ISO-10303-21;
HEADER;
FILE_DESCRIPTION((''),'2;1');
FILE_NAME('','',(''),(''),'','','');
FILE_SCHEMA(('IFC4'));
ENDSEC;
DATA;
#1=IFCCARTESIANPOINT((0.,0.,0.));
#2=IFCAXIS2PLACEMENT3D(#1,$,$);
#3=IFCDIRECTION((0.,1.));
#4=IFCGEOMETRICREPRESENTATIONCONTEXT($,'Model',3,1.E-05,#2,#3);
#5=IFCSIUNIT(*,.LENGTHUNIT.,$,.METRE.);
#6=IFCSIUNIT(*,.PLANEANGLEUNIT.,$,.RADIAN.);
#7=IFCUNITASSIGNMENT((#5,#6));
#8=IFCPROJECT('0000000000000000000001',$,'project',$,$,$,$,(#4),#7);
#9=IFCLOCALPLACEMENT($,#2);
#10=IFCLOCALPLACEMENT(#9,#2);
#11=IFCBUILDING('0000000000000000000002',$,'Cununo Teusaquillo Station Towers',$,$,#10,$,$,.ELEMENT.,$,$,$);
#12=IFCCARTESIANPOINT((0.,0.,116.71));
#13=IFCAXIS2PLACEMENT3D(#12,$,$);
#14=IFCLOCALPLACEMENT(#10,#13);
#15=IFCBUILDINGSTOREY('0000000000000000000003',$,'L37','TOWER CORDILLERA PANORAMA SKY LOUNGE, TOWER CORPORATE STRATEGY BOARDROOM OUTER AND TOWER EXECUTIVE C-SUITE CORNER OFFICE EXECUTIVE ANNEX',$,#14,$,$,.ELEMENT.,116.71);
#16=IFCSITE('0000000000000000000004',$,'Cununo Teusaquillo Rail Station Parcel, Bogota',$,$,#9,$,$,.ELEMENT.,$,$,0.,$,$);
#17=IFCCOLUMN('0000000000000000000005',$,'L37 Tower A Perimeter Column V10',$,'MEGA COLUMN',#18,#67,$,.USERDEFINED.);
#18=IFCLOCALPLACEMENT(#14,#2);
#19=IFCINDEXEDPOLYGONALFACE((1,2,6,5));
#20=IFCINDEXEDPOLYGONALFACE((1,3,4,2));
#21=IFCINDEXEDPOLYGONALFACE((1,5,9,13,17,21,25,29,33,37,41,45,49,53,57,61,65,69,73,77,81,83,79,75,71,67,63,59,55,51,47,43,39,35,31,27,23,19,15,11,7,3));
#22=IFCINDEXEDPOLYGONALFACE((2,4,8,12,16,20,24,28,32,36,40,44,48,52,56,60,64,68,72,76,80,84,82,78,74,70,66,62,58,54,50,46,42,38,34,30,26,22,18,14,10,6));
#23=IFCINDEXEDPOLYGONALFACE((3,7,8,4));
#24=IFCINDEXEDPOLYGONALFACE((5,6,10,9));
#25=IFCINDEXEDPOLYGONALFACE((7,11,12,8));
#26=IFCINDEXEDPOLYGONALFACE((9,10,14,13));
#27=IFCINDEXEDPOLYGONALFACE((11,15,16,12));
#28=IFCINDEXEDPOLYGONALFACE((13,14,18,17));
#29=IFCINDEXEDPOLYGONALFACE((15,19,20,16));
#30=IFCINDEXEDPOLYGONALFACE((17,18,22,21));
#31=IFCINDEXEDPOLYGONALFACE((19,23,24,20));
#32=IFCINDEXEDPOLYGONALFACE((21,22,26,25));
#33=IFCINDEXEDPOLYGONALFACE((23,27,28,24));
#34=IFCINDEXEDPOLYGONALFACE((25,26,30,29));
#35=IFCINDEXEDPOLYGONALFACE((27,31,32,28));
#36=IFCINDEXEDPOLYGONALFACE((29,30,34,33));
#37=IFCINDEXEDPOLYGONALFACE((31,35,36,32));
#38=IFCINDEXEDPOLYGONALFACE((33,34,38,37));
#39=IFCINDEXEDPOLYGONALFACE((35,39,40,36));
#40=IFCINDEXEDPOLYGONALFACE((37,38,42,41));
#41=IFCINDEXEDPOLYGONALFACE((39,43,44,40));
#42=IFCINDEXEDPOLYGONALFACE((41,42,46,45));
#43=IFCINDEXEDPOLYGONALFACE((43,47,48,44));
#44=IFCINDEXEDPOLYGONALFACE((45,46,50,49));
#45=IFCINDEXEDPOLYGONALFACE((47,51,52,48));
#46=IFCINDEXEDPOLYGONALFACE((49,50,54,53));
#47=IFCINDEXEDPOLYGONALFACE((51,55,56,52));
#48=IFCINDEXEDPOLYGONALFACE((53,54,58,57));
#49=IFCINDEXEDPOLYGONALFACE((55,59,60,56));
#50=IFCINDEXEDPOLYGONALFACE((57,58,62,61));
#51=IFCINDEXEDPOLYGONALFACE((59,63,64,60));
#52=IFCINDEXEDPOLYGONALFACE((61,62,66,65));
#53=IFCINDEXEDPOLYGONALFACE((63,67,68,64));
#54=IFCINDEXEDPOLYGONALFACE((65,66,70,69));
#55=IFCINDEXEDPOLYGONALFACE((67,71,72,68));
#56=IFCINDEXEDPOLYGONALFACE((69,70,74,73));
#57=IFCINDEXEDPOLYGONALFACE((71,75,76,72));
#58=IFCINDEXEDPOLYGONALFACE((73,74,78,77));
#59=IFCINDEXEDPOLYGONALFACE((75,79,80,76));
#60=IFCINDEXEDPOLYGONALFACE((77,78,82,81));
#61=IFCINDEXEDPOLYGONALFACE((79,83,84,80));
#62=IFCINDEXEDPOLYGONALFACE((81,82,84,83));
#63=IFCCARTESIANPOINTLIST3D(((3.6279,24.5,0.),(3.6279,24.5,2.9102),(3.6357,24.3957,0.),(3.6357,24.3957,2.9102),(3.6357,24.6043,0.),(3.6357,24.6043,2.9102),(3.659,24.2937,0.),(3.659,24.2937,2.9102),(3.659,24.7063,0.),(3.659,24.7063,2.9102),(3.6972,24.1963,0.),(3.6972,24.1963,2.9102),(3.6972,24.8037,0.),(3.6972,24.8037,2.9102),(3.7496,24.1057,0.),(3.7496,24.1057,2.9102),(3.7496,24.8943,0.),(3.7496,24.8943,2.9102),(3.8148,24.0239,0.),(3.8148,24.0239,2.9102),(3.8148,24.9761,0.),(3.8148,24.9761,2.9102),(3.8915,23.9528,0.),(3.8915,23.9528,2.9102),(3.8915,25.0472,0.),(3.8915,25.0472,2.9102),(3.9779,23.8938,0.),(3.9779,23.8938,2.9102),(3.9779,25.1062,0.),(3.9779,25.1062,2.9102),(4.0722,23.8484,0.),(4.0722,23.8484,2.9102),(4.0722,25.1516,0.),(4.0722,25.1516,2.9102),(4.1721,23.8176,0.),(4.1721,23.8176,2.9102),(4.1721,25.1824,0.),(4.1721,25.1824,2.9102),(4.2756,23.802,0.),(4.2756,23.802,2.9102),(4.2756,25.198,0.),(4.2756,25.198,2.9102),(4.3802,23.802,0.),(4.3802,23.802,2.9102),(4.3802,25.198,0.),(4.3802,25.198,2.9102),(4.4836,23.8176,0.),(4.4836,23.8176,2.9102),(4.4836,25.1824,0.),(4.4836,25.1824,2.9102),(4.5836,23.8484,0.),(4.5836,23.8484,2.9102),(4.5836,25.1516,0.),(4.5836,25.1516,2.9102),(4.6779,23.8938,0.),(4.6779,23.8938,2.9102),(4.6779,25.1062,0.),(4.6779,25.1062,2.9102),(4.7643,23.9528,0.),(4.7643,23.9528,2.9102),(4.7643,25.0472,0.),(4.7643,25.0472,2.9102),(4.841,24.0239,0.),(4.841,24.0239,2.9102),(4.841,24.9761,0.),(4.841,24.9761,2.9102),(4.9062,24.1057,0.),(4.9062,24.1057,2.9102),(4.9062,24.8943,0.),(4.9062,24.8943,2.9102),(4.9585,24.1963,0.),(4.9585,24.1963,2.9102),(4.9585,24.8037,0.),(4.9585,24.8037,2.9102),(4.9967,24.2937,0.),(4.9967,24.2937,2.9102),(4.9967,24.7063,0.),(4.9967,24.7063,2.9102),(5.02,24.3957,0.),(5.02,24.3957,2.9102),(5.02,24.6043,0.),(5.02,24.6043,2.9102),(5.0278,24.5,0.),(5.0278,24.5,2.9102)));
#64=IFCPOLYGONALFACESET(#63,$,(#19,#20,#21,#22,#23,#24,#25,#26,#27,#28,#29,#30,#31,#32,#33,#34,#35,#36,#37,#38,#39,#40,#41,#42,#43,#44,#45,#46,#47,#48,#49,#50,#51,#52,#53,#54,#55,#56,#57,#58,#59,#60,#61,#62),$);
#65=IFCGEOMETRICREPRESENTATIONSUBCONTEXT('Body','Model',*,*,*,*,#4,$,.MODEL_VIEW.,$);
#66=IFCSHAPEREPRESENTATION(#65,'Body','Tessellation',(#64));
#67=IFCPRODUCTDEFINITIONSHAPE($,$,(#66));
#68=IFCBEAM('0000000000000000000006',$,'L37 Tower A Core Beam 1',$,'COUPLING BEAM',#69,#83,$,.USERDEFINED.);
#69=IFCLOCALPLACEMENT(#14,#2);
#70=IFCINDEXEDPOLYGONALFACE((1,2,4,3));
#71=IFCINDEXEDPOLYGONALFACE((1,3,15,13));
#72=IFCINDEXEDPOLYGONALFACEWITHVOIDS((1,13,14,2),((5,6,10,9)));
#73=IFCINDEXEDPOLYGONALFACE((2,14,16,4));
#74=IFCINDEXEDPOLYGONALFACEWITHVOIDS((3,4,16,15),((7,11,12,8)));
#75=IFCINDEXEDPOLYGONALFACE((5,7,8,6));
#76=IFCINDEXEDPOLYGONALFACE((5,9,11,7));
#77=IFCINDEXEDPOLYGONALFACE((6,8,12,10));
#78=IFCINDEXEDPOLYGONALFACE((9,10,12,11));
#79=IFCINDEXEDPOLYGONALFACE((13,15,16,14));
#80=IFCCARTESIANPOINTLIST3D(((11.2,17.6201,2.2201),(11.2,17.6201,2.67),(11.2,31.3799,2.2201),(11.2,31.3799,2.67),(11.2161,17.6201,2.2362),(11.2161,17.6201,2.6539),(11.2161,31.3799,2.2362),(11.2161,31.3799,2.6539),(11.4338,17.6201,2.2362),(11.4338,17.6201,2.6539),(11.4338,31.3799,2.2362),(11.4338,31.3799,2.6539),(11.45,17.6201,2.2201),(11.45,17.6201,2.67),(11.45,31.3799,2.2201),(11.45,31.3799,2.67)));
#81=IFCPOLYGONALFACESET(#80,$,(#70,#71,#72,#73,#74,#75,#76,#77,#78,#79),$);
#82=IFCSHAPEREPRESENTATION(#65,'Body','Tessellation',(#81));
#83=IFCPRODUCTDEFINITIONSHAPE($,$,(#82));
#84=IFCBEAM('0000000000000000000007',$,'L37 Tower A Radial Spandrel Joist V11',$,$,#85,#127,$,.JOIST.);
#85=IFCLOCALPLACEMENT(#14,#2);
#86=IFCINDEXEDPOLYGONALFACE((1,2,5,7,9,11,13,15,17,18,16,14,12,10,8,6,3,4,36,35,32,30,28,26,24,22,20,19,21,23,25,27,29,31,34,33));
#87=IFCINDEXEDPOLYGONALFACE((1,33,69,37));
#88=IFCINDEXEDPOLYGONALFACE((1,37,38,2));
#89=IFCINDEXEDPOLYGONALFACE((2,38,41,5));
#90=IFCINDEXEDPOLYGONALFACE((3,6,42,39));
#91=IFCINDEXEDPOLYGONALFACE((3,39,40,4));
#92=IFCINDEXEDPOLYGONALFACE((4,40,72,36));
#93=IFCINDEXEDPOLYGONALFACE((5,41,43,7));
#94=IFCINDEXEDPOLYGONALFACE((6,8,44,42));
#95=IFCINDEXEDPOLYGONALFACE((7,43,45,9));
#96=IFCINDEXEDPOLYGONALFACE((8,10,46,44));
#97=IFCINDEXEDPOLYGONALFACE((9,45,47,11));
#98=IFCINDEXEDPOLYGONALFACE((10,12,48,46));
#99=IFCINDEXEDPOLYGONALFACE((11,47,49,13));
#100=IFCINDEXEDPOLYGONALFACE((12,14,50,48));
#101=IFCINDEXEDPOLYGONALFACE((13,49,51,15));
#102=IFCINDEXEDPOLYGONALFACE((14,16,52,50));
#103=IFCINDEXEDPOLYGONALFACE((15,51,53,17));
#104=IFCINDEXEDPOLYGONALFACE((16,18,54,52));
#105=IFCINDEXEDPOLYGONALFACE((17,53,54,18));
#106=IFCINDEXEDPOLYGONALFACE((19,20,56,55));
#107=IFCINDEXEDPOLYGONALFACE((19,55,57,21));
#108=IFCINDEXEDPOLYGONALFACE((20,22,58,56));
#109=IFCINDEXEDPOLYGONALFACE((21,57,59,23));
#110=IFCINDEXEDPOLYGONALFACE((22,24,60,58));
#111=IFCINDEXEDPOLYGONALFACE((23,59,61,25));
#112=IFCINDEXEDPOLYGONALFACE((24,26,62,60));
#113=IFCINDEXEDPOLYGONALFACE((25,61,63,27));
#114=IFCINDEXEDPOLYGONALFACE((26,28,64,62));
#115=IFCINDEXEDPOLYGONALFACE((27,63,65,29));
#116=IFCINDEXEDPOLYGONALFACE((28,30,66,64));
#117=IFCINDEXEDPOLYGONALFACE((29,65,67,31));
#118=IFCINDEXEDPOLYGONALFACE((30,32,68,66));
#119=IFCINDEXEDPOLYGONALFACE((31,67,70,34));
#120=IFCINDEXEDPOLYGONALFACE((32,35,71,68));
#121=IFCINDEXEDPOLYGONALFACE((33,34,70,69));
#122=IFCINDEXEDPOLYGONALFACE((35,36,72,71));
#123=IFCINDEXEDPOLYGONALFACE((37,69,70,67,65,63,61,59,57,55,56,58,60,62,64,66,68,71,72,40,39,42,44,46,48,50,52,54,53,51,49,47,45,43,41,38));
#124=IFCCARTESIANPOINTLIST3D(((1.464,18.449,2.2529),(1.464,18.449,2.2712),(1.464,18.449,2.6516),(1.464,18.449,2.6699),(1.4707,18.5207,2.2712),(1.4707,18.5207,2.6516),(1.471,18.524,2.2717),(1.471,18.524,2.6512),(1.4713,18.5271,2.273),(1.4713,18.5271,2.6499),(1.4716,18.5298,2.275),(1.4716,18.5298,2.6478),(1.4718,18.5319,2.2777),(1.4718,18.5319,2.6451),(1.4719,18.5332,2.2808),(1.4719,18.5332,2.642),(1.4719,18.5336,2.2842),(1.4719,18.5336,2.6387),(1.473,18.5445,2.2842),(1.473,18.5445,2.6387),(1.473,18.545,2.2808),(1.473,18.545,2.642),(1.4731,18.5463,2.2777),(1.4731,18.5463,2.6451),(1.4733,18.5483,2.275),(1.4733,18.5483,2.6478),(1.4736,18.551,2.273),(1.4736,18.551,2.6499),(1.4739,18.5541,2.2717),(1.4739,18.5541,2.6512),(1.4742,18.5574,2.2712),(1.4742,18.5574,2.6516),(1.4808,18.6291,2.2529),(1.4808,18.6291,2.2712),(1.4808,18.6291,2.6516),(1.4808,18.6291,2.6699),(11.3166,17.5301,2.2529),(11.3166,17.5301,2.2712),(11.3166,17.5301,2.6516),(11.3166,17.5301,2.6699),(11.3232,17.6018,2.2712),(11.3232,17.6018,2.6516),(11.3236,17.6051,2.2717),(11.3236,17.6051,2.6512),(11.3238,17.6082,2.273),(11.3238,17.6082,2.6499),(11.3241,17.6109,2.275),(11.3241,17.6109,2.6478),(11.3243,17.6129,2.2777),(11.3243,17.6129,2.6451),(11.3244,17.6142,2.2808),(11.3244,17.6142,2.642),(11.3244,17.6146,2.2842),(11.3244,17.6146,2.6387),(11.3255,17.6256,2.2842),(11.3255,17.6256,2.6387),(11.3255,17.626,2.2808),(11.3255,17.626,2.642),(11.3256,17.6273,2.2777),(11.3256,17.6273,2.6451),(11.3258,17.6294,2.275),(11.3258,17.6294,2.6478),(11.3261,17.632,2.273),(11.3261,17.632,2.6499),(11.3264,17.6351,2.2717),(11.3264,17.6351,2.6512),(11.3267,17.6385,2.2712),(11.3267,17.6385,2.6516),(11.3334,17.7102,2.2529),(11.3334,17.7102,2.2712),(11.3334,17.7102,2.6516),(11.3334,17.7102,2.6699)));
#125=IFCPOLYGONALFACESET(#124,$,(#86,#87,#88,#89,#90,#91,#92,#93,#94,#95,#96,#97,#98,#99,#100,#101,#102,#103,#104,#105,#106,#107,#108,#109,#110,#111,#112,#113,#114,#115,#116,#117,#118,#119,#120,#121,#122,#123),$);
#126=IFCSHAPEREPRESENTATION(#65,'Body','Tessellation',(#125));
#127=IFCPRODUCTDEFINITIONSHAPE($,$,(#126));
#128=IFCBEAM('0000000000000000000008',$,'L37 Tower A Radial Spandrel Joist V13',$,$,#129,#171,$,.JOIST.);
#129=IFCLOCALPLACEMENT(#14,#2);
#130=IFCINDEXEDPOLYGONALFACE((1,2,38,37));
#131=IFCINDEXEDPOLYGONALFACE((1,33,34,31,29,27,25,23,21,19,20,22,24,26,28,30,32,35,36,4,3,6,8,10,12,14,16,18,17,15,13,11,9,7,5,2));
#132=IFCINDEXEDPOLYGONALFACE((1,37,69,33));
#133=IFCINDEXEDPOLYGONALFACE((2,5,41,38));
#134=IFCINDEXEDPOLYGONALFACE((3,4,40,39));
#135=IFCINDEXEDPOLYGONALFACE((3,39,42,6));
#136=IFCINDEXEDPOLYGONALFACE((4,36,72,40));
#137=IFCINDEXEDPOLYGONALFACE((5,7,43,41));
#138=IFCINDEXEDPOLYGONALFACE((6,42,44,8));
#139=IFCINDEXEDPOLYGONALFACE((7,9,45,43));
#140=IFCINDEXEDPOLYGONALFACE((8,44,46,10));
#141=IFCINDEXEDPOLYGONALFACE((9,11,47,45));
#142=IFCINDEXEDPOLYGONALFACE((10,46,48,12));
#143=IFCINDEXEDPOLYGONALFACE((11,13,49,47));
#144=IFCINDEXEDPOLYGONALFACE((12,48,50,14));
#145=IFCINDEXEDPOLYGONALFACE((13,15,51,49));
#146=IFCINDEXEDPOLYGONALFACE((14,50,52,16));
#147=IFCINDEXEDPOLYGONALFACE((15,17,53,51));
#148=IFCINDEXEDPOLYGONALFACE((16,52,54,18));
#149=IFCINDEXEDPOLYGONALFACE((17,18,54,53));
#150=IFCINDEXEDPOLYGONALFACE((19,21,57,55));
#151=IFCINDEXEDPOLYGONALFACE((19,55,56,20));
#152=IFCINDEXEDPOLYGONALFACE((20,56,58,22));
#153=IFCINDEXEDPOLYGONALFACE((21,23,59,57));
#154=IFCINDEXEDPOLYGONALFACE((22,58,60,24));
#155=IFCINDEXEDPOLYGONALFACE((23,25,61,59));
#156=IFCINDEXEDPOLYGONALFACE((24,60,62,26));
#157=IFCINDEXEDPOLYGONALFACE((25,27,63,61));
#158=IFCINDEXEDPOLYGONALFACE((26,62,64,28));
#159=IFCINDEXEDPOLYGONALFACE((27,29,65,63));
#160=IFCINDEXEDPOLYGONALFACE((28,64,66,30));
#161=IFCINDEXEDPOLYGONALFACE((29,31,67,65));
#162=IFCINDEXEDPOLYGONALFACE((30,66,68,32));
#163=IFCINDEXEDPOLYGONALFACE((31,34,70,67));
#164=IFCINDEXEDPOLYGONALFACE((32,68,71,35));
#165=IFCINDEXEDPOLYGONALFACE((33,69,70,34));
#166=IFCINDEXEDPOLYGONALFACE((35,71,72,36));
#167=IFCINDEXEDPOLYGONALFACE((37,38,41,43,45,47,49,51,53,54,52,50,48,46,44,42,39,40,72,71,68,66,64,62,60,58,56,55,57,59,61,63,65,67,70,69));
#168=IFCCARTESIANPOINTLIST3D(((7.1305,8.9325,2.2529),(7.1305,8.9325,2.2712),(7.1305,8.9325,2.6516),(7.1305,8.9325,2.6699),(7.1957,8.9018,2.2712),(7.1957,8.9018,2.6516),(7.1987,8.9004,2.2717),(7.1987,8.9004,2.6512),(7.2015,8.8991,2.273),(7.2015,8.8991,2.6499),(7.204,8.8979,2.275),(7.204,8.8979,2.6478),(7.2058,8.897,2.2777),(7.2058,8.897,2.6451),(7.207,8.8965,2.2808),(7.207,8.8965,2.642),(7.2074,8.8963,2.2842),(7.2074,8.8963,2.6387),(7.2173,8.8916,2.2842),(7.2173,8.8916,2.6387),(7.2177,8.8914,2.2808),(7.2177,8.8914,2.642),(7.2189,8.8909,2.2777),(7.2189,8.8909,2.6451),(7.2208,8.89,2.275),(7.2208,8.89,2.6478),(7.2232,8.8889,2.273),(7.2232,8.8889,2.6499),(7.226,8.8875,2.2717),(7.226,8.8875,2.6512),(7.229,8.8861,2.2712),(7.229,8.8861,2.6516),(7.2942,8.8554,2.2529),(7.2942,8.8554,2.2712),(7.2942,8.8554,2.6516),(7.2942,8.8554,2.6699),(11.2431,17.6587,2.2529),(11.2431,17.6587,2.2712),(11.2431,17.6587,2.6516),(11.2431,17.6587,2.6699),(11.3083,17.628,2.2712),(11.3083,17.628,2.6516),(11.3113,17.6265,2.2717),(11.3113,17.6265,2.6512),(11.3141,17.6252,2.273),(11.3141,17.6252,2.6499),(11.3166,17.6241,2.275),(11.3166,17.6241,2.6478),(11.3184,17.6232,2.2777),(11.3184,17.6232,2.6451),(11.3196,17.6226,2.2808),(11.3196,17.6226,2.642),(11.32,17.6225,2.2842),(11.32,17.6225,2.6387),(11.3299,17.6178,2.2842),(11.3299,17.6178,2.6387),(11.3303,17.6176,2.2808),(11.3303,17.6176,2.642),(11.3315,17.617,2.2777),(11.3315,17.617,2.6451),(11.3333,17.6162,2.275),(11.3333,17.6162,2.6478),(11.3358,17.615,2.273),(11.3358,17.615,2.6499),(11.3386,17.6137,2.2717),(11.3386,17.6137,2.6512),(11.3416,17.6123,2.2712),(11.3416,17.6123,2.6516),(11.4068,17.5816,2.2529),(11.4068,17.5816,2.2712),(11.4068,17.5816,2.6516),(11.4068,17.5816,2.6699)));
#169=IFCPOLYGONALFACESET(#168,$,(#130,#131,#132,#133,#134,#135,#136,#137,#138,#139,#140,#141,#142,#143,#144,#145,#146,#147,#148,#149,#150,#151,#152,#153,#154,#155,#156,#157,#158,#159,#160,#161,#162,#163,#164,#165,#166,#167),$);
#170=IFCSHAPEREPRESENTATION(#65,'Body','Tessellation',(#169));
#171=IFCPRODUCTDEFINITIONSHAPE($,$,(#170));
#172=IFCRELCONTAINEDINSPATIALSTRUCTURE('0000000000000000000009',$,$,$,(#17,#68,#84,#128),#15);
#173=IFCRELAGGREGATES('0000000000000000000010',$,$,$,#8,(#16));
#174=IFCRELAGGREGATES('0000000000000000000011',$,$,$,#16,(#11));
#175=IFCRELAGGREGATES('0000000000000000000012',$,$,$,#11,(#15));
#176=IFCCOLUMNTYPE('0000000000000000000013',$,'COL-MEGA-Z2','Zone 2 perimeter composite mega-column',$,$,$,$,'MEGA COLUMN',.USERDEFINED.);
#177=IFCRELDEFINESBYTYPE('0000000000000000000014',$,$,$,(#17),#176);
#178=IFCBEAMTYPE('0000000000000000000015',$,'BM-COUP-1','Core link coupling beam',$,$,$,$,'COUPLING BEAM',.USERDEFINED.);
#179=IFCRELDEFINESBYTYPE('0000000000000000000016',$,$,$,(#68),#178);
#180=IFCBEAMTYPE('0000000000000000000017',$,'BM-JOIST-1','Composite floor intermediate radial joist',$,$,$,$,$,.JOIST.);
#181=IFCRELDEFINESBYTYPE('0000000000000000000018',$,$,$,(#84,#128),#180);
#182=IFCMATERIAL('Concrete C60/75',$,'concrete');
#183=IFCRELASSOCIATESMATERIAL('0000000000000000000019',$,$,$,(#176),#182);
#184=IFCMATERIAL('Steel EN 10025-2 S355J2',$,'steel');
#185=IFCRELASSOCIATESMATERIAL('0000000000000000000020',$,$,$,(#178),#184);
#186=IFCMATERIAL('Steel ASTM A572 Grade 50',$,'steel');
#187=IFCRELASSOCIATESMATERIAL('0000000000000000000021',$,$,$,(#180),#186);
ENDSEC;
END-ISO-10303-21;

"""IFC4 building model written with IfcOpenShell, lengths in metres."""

from ifc_helpers import new_model, si_unit, direction, frame, origin, origin_2d, place, context, subcontext, project, spatial, hollow_rectangle, circle, i_section, extrude, material, material_profile, profile_set, type_object, element, save


model = new_model("IFC4")

# Units and contexts
model_context = context("Model", 3, precision=1e-05, world=origin(), true_north=direction((0.0, 1.0)))
body_context = subcontext(model_context, "Body", "Model", "MODEL_VIEW")
ifc_project = project(units=[si_unit("LENGTHUNIT", "METRE"), si_unit("PLANEANGLEUNIT", "RADIAN")], contexts=[model_context])

# Site, building, storey
site_placement = place(None, origin())
site = spatial("IfcSite", under=ifc_project, at=site_placement, Name="Cununo Teusaquillo Rail Station Parcel, Bogota", CompositionType="ELEMENT", RefElevation=0.0)
building_placement = place(site_placement, origin())
building = spatial("IfcBuilding", under=site, at=building_placement, Name="Cununo Teusaquillo Station Towers", CompositionType="ELEMENT")
storey_placement = place(building_placement, frame((0.0, 0.0, 116.71)))
storey = spatial("IfcBuildingStorey", under=building, at=storey_placement, Name="L37", Description="TOWER CORDILLERA PANORAMA SKY LOUNGE, TOWER CORPORATE STRATEGY BOARDROOM OUTER AND TOWER EXECUTIVE C-SUITE CORNER OFFICE EXECUTIVE ANNEX", CompositionType="ELEMENT", Elevation=116.71)

# Column
ifc_material_1 = material(Name="Concrete C60/75", Category="concrete")
ifc_material_profile_1 = material_profile(ifc_material_1, circle(Radius=0.7, at=origin_2d()), Name="RC-CIRC-1400")
ifc_profile_set_1 = profile_set([ifc_material_profile_1], Name="Concrete C60/75")
column_type = type_object("IfcColumnType", Name="COL-MEGA-Z2", Description="Zone 2 perimeter composite mega-column", ElementType="MEGA COLUMN", PredefinedType="USERDEFINED", material=ifc_profile_set_1)
column_placement = place(storey_placement, frame((4.3279, 24.5, 0.0), z_axis=(0.0, 0.0, 1.0), x_axis=(1.0, 0.0, 0.0)))
element("IfcColumn", 1, at=column_placement, inside=storey, type_object=column_type, Name="L37 Tower A Perimeter Column V10", ObjectType="MEGA COLUMN", PredefinedType="USERDEFINED", context=body_context, shape_type="SweptSolid", body=[
    extrude(circle(Radius=0.7, at=origin_2d()), origin(), (0.0, 0.0, 1.0), 2.9102),
])

# Beams
ifc_material_2 = material(Name="Steel EN 10025-2 S355J2", Category="steel")
ifc_material_profile_2 = material_profile(ifc_material_2, hollow_rectangle(XDim=0.25, YDim=0.45, WallThickness=0.0161, at=origin_2d()), Name="RHS 450x250x16")
ifc_profile_set_2 = profile_set([ifc_material_profile_2], Name="Steel EN 10025-2 S355J2")
beam_type_1 = type_object("IfcBeamType", Name="BM-COUP-1", Description="Core link coupling beam", ElementType="COUPLING BEAM", PredefinedType="USERDEFINED", material=ifc_profile_set_2)
beam_1_placement = place(storey_placement, frame((11.325, 17.6201, 2.4451), z_axis=(0.0, 1.0, 0.0), x_axis=(-1.0, 0.0, 0.0)))
element("IfcBeam", 2, at=beam_1_placement, inside=storey, type_object=beam_type_1, Name="L37 Tower A Core Beam 1", ObjectType="COUPLING BEAM", PredefinedType="USERDEFINED", context=body_context, shape_type="SweptSolid", body=[
    extrude(hollow_rectangle(XDim=0.25, YDim=0.45, WallThickness=0.0161, at=origin_2d()), origin(), (0.0, 0.0, 1.0), 13.7598),
])
ifc_material_3 = material(Name="Steel ASTM A572 Grade 50", Category="steel")
ifc_material_profile_3 = material_profile(ifc_material_3, i_section(OverallWidth=0.1809, OverallDepth=0.417, WebThickness=0.011, FlangeThickness=0.0183, FilletRadius=0.0129, at=origin_2d()), Name="W16X57")
ifc_profile_set_3 = profile_set([ifc_material_profile_3], Name="Steel ASTM A572 Grade 50")
beam_type_2 = type_object("IfcBeamType", Name="BM-JOIST-1", Description="Composite floor intermediate radial joist", PredefinedType="JOIST", material=ifc_profile_set_3)
beam_2_placement = place(storey_placement, frame((11.325, 17.6201, 2.4614), z_axis=(-0.995679, 0.092867, 0.0), x_axis=(-0.092867, -0.995679, 0.0)))
element("IfcBeam", 3, at=beam_2_placement, inside=storey, type_object=beam_type_2, Name="L37 Tower A Radial Spandrel Joist V11", PredefinedType="JOIST", context=body_context, shape_type="SweptSolid", body=[
    extrude(i_section(OverallWidth=0.1809, OverallDepth=0.417, WebThickness=0.011, FlangeThickness=0.0183, FilletRadius=0.0129, at=origin_2d()), origin(), (0.0, 0.0, 1.0), 9.8953),
])
beam_3_placement = place(storey_placement, frame((11.325, 17.6201, 2.4614), z_axis=(-0.42632, -0.904572, 0.0), x_axis=(0.904572, -0.42632, 0.0)))
element("IfcBeam", 4, at=beam_3_placement, inside=storey, type_object=beam_type_2, Name="L37 Tower A Radial Spandrel Joist V13", PredefinedType="JOIST", context=body_context, shape_type="SweptSolid", body=[
    extrude(i_section(OverallWidth=0.1809, OverallDepth=0.417, WebThickness=0.011, FlangeThickness=0.0183, FilletRadius=0.0129, at=origin_2d()), origin(), (0.0, 0.0, 1.0), 9.6467),
])

save(model, "model.ifc")
